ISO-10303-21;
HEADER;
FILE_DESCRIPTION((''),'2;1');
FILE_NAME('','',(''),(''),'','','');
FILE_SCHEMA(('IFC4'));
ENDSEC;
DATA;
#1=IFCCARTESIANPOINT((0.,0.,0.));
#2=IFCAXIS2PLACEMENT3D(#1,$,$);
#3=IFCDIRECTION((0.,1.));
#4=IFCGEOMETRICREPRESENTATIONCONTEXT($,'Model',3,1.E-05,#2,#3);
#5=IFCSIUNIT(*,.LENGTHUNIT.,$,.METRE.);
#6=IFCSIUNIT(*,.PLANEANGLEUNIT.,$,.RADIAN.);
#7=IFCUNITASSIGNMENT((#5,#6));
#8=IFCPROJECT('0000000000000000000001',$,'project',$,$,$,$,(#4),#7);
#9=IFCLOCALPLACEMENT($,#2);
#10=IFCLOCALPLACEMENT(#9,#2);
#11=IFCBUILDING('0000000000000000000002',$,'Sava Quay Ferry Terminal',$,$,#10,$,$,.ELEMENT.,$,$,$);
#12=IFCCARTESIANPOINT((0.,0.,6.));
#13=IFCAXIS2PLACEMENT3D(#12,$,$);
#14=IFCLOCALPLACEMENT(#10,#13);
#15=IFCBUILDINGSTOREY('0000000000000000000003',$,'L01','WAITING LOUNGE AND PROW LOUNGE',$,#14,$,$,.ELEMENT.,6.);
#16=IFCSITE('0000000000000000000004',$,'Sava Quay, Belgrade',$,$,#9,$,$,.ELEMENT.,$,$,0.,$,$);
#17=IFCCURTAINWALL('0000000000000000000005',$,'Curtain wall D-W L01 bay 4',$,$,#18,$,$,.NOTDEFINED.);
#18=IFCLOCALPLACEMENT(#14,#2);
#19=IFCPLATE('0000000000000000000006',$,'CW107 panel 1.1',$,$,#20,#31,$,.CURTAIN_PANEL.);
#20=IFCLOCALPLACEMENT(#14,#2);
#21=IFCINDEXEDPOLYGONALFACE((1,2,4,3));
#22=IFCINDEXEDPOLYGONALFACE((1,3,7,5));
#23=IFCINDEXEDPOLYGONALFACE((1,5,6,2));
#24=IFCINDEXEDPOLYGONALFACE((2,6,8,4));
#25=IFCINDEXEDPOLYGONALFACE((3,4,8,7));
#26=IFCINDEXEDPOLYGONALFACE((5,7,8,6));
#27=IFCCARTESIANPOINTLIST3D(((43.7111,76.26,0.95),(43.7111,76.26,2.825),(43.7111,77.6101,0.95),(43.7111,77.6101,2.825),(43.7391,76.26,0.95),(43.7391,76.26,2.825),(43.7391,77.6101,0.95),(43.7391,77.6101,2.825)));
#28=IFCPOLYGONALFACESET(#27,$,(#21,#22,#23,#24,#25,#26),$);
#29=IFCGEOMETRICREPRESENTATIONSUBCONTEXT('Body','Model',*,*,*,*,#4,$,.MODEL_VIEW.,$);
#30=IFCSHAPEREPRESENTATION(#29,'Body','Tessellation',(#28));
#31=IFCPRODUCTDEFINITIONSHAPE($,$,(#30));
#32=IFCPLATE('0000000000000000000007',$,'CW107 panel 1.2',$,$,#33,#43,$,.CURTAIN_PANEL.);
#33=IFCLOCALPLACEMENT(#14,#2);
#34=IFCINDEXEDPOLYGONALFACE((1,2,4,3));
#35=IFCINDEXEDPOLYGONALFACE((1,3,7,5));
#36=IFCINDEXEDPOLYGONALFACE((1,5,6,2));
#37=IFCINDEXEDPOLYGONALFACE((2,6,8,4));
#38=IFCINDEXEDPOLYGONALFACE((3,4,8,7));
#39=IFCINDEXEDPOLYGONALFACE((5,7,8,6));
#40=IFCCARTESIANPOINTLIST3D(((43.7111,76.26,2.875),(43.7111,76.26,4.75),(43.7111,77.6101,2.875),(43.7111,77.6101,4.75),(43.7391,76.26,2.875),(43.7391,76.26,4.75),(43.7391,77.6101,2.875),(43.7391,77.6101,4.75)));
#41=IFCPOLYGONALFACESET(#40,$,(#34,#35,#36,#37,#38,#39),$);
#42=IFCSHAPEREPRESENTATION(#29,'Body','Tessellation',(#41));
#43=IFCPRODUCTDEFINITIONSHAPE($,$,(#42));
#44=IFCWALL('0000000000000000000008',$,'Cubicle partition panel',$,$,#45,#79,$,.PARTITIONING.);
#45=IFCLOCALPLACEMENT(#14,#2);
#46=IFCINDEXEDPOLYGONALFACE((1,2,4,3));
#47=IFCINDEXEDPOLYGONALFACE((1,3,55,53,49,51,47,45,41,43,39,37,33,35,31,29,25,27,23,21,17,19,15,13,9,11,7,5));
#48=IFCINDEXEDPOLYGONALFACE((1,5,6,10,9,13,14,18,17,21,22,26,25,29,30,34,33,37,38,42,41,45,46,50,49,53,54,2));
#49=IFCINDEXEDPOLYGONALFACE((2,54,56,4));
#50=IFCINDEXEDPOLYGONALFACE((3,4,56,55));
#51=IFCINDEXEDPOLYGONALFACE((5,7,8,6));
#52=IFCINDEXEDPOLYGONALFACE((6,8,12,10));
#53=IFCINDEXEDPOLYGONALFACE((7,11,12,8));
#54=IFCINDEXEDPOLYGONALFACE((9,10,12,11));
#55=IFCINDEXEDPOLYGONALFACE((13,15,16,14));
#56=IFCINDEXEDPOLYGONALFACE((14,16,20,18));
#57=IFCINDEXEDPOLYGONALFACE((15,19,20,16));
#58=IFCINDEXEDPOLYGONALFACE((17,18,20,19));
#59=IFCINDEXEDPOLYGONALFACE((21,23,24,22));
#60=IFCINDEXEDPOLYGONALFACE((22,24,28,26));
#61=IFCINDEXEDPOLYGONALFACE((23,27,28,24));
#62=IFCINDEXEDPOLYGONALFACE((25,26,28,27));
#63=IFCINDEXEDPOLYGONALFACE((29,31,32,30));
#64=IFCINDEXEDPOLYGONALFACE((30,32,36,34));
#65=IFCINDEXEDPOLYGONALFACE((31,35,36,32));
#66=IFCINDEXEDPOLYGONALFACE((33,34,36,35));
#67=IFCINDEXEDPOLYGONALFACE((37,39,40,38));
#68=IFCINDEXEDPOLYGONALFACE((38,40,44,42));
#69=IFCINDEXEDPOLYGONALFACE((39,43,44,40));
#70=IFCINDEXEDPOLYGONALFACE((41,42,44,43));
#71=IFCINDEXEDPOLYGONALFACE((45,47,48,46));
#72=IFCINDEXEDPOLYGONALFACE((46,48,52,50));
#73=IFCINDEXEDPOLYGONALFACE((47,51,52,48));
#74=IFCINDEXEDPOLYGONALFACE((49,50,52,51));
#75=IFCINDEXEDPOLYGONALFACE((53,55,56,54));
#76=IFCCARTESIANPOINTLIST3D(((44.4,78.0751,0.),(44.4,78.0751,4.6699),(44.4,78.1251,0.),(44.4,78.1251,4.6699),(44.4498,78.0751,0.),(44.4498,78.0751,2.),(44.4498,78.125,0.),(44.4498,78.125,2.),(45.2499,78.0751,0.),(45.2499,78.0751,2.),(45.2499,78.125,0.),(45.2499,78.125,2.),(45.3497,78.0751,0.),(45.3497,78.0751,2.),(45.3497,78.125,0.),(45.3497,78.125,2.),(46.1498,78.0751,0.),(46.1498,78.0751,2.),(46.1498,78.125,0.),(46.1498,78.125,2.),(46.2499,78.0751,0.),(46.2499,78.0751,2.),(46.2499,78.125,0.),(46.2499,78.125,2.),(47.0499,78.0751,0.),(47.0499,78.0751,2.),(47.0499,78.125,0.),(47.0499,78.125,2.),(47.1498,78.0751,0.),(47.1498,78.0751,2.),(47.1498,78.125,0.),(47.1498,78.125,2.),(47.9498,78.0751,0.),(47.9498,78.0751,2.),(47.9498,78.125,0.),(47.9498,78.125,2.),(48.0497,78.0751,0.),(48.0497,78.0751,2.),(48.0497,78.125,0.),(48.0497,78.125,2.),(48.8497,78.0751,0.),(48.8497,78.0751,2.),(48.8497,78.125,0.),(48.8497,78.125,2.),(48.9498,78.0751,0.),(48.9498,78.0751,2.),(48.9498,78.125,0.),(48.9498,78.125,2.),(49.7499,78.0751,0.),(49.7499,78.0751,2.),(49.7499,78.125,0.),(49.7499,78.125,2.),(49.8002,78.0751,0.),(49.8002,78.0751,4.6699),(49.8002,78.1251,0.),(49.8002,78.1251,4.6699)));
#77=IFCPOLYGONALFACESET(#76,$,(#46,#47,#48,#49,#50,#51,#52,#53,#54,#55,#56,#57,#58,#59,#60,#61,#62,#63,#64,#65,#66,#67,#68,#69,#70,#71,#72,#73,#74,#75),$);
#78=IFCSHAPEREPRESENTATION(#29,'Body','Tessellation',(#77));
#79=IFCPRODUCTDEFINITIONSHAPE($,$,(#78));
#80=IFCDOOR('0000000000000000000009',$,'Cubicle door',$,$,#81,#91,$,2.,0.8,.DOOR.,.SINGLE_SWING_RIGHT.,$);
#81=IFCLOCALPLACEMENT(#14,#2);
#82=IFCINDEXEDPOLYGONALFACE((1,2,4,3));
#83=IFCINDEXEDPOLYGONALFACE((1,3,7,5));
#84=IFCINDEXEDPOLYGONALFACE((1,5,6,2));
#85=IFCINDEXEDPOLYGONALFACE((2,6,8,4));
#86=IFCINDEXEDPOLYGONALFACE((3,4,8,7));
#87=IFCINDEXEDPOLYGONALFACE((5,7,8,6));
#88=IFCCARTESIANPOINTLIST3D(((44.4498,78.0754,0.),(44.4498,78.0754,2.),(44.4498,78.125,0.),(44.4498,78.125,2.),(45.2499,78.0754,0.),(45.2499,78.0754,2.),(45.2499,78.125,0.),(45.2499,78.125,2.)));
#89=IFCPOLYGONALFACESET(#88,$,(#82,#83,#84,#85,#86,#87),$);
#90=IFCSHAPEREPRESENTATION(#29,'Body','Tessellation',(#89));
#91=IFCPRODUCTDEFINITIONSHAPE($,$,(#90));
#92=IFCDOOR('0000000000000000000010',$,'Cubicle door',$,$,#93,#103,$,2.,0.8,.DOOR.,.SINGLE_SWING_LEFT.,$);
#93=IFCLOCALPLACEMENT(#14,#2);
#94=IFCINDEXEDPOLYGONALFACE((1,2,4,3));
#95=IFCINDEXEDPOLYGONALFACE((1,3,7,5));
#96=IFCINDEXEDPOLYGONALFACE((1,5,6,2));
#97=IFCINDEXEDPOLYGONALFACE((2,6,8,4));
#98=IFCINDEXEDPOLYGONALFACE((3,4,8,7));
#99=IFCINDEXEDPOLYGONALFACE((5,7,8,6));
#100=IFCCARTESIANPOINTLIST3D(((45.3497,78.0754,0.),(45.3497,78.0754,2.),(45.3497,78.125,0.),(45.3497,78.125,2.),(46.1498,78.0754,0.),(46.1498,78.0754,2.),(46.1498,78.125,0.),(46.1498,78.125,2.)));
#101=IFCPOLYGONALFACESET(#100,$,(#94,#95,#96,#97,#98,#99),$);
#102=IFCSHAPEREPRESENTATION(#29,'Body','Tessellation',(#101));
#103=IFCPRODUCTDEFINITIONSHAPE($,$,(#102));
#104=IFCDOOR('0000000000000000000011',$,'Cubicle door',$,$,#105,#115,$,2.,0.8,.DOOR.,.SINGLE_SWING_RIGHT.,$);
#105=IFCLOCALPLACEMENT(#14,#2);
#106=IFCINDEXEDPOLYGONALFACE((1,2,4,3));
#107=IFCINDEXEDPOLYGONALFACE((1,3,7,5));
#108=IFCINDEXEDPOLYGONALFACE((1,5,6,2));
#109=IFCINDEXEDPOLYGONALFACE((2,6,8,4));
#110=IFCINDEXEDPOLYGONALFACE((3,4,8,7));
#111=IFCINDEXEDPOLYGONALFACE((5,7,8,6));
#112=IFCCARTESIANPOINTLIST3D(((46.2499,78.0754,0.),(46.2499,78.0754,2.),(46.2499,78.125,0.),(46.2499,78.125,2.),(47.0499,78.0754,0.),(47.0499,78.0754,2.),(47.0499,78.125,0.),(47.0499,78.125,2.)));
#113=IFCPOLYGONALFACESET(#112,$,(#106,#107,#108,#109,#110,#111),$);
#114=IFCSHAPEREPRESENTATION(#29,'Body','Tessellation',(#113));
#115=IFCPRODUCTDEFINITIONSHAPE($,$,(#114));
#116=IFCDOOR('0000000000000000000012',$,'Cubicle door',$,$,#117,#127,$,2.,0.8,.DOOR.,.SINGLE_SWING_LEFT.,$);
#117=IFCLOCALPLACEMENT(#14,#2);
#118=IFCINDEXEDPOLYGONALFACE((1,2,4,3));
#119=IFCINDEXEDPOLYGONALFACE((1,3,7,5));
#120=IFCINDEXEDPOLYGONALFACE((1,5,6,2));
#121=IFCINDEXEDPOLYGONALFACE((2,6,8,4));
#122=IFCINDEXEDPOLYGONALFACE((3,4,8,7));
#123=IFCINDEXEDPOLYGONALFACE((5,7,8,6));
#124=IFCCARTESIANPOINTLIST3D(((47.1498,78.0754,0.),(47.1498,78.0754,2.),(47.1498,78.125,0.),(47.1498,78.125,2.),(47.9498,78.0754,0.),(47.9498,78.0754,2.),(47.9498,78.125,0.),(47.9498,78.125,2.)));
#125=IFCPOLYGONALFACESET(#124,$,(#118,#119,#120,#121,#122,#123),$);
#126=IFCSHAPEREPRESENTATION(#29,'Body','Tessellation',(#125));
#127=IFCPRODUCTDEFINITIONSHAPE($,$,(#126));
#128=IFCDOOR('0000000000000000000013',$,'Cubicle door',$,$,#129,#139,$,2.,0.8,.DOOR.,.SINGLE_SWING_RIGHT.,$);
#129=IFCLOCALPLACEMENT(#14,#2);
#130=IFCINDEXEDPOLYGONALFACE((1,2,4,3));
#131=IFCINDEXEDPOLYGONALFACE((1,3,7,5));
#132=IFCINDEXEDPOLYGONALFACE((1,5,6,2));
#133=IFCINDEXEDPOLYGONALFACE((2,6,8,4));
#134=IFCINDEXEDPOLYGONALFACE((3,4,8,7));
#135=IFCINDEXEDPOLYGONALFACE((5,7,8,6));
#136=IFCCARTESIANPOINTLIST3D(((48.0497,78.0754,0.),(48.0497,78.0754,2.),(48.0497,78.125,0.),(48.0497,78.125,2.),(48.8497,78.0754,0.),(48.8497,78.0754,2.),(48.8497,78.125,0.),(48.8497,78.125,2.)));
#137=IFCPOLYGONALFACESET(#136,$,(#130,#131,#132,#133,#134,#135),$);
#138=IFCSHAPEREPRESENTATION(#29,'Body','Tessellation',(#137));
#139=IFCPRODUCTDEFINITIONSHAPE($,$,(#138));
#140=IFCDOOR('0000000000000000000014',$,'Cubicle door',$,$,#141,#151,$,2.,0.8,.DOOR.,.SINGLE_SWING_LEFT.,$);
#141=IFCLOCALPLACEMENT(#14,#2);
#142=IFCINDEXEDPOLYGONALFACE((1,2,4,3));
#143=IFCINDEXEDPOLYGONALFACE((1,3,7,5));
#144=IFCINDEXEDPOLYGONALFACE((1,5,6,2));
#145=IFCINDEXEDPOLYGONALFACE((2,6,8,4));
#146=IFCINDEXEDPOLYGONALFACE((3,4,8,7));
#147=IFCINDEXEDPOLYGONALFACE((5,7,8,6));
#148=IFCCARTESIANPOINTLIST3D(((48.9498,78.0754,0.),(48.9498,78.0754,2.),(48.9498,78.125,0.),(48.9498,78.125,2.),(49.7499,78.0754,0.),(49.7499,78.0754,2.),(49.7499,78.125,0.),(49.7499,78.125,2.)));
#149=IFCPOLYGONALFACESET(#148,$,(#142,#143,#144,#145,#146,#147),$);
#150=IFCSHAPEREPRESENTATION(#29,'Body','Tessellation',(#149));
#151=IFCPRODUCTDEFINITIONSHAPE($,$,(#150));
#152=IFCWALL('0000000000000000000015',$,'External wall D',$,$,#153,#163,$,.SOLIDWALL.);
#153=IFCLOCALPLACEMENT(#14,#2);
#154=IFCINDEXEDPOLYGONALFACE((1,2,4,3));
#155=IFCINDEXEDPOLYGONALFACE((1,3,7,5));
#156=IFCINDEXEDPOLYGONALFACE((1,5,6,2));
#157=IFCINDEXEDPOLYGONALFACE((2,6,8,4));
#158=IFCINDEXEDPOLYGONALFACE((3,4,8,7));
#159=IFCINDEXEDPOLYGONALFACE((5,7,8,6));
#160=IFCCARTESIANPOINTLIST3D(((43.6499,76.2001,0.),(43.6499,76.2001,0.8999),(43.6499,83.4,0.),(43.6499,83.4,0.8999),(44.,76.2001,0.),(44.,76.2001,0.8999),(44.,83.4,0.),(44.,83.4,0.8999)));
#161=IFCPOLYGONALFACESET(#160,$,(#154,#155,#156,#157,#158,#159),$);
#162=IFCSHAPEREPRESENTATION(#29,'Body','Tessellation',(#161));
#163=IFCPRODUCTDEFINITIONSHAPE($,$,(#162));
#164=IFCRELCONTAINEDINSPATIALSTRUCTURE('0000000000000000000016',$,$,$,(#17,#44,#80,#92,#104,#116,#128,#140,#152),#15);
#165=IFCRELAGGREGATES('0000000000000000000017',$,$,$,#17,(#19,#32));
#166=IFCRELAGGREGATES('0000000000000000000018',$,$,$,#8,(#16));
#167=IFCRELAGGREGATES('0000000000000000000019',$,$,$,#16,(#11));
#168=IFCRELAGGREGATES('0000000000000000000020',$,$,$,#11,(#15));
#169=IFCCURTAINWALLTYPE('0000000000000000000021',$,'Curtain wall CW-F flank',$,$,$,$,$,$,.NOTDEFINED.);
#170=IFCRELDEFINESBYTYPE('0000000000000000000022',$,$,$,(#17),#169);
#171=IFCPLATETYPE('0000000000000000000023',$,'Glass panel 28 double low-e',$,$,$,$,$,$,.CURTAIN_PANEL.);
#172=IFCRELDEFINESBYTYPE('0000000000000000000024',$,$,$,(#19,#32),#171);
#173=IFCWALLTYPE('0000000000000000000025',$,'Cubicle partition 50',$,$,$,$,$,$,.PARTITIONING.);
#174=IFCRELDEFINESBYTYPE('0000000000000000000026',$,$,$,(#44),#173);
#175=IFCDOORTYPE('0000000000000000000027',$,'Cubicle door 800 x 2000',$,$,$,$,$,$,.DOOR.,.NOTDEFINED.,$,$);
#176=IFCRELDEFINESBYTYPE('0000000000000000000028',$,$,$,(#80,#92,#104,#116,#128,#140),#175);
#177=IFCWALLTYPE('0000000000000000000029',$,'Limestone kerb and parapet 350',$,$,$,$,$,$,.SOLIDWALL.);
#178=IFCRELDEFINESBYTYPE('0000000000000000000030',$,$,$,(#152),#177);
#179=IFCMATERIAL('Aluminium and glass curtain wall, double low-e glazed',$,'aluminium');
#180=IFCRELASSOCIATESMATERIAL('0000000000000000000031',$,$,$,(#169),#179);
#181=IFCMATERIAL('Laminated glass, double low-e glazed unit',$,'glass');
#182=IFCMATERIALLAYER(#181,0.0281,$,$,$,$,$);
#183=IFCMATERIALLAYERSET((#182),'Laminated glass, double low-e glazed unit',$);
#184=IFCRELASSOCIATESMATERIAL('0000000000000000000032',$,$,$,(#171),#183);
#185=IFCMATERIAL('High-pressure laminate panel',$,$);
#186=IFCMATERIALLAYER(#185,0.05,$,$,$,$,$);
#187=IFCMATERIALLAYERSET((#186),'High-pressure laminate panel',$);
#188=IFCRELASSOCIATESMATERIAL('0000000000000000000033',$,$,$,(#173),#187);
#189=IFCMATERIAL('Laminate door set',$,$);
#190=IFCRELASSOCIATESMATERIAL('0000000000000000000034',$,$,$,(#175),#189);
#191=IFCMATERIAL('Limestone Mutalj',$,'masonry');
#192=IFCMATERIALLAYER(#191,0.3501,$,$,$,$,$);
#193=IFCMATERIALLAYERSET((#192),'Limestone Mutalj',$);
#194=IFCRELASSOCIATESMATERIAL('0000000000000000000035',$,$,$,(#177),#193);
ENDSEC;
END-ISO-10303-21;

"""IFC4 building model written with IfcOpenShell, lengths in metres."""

from ifc_helpers import new_model, si_unit, direction, frame, frame_2d, origin, origin_2d, place, context, subcontext, project, spatial, rectangle, extrude, material, layer, layer_set, type_object, element, fill, aggregate, save


model = new_model("IFC4")

# Units and contexts
model_context = context("Model", 3, precision=1e-05, world=origin(), true_north=direction((0.0, 1.0)))
body_context = subcontext(model_context, "Body", "Model", "MODEL_VIEW")
ifc_project = project(units=[si_unit("LENGTHUNIT", "METRE"), si_unit("PLANEANGLEUNIT", "RADIAN")], contexts=[model_context])

# Site, building, storey
site_placement = place(None, origin())
site = spatial("IfcSite", under=ifc_project, at=site_placement, Name="Sava Quay, Belgrade", CompositionType="ELEMENT", RefElevation=0.0)
building_placement = place(site_placement, origin())
building = spatial("IfcBuilding", under=site, at=building_placement, Name="Sava Quay Ferry Terminal", CompositionType="ELEMENT")
storey_placement = place(building_placement, frame((0.0, 0.0, 6.0)))
storey = spatial("IfcBuildingStorey", under=building, at=storey_placement, Name="L01", Description="WAITING LOUNGE AND PROW LOUNGE", CompositionType="ELEMENT", Elevation=6.0)

# Shared definitions
ifc_material_1 = material(Name="Aluminium and glass curtain wall, double low-e glazed", Category="aluminium")
curtain_wall_type = type_object("IfcCurtainWallType", Name="Curtain wall CW-F flank", PredefinedType="NOTDEFINED", material=ifc_material_1)

# Curtain wall, plates
curtain_wall_1_placement = place(storey_placement, origin())
curtain_wall_1 = element("IfcCurtainWall", 1, at=curtain_wall_1_placement, inside=storey, type_object=curtain_wall_type, Name="Curtain wall D-W L01 bay 4", PredefinedType="NOTDEFINED")
ifc_material_2 = material(Name="Laminated glass, double low-e glazed unit", Category="glass")
ifc_layer_1 = layer(ifc_material_2, 0.0281)
ifc_layer_set_1 = layer_set([ifc_layer_1], Name="Laminated glass, double low-e glazed unit")
plate_type = type_object("IfcPlateType", Name="Glass panel 28 double low-e", PredefinedType="CURTAIN_PANEL", material=ifc_layer_set_1)
plate_1_placement = place(storey_placement, frame((43.7251, 76.9351, 0.95), z_axis=(0.0, 0.0, 1.0), x_axis=(0.0, 1.0, 0.0)))
plate_1 = element("IfcPlate", 2, at=plate_1_placement, type_object=plate_type, Name="CW107 panel 1.1", PredefinedType="CURTAIN_PANEL", context=body_context, shape_type="SweptSolid", body=[
    extrude(rectangle(XDim=1.3501, YDim=0.0281, at=origin_2d()), origin(), (0.0, 0.0, 1.0), 1.875),
])
plate_2_placement = place(storey_placement, frame((43.7251, 76.9351, 2.875), z_axis=(0.0, 0.0, 1.0), x_axis=(0.0, 1.0, 0.0)))
plate_2 = element("IfcPlate", 3, at=plate_2_placement, type_object=plate_type, Name="CW107 panel 1.2", PredefinedType="CURTAIN_PANEL", context=body_context, shape_type="SweptSolid", body=[
    extrude(rectangle(XDim=1.3501, YDim=0.0281, at=origin_2d()), origin(), (0.0, 0.0, 1.0), 1.875),
])
aggregate(curtain_wall_1, [plate_1, plate_2])

# Wall, openings, doors
ifc_material_3 = material(Name="High-pressure laminate panel")
ifc_layer_2 = layer(ifc_material_3, 0.05)
ifc_layer_set_2 = layer_set([ifc_layer_2], Name="High-pressure laminate panel")
wall_type_1 = type_object("IfcWallType", Name="Cubicle partition 50", PredefinedType="PARTITIONING", material=ifc_layer_set_2)
wall_1_placement = place(storey_placement, frame((44.3999, 78.1001, 0.0), z_axis=(0.0, 0.0, 1.0), x_axis=(1.0, 0.0, 0.0)))
wall_1 = element("IfcWall", 4, at=wall_1_placement, inside=storey, type_object=wall_type_1, Name="Cubicle partition panel", PredefinedType="PARTITIONING", context=body_context, shape_type="SweptSolid", body=[
    extrude(rectangle(XDim=5.4001, YDim=0.05, at=frame_2d((2.7002, 0.0))), origin(), (0.0, 0.0, 1.0), 4.6699),
])
opening_1_placement = place(wall_1_placement, frame((0.05, 0.0, 0.0)))
opening_1 = element("IfcOpeningElement", 5, at=opening_1_placement, cuts=wall_1, PredefinedType="OPENING", context=body_context, shape_type="SweptSolid", body=[
    extrude(rectangle(XDim=0.8, YDim=2.0, at=frame_2d((0.3999, 1.0))), frame((0.0, 0.0249, 0.0), z_axis=(0.0, -1.0, 0.0), x_axis=(1.0, 0.0, 0.0)), (0.0, 0.0, 1.0), 0.05),
])
opening_2_placement = place(wall_1_placement, frame((0.95, 0.0, 0.0)))
opening_2 = element("IfcOpeningElement", 6, at=opening_2_placement, cuts=wall_1, PredefinedType="OPENING", context=body_context, shape_type="SweptSolid", body=[
    extrude(rectangle(XDim=0.8, YDim=2.0, at=frame_2d((0.3999, 1.0))), frame((0.0, 0.0249, 0.0), z_axis=(0.0, -1.0, 0.0), x_axis=(1.0, 0.0, 0.0)), (0.0, 0.0, 1.0), 0.05),
])
opening_3_placement = place(wall_1_placement, frame((1.8501, 0.0, 0.0)))
opening_3 = element("IfcOpeningElement", 7, at=opening_3_placement, cuts=wall_1, PredefinedType="OPENING", context=body_context, shape_type="SweptSolid", body=[
    extrude(rectangle(XDim=0.8, YDim=2.0, at=frame_2d((0.3999, 1.0))), frame((0.0, 0.0249, 0.0), z_axis=(0.0, -1.0, 0.0), x_axis=(1.0, 0.0, 0.0)), (0.0, 0.0, 1.0), 0.05),
])
opening_4_placement = place(wall_1_placement, frame((2.75, 0.0, 0.0)))
opening_4 = element("IfcOpeningElement", 8, at=opening_4_placement, cuts=wall_1, PredefinedType="OPENING", context=body_context, shape_type="SweptSolid", body=[
    extrude(rectangle(XDim=0.8, YDim=2.0, at=frame_2d((0.3999, 1.0))), frame((0.0, 0.0249, 0.0), z_axis=(0.0, -1.0, 0.0), x_axis=(1.0, 0.0, 0.0)), (0.0, 0.0, 1.0), 0.05),
])
opening_5_placement = place(wall_1_placement, frame((3.6499, 0.0, 0.0)))
opening_5 = element("IfcOpeningElement", 9, at=opening_5_placement, cuts=wall_1, PredefinedType="OPENING", context=body_context, shape_type="SweptSolid", body=[
    extrude(rectangle(XDim=0.8, YDim=2.0, at=frame_2d((0.3999, 1.0))), frame((0.0, 0.0249, 0.0), z_axis=(0.0, -1.0, 0.0), x_axis=(1.0, 0.0, 0.0)), (0.0, 0.0, 1.0), 0.05),
])
opening_6_placement = place(wall_1_placement, frame((4.55, 0.0, 0.0)))
opening_6 = element("IfcOpeningElement", 10, at=opening_6_placement, cuts=wall_1, PredefinedType="OPENING", context=body_context, shape_type="SweptSolid", body=[
    extrude(rectangle(XDim=0.8, YDim=2.0, at=frame_2d((0.3999, 1.0))), frame((0.0, 0.0249, 0.0), z_axis=(0.0, -1.0, 0.0), x_axis=(1.0, 0.0, 0.0)), (0.0, 0.0, 1.0), 0.05),
])
ifc_material_4 = material(Name="Laminate door set")
door_type_1 = type_object("IfcDoorType", Name="Cubicle door 800 x 2000", OperationType="NOTDEFINED", PredefinedType="DOOR", material=ifc_material_4)
door_1_placement = place(opening_1_placement, origin())
door_1 = element("IfcDoor", 11, at=door_1_placement, inside=storey, type_object=door_type_1, Name="Cubicle door", OperationType="SINGLE_SWING_RIGHT", OverallHeight=2.0, OverallWidth=0.8, PredefinedType="DOOR", context=body_context, shape_type="SweptSolid", body=[
    extrude(rectangle(XDim=0.8, YDim=2.0, at=frame_2d((0.3999, 1.0))), frame((0.0, 0.0249, 0.0), z_axis=(0.0, -1.0, 0.0), x_axis=(1.0, 0.0, 0.0)), (0.0, 0.0, 1.0), 0.0496),
])
fill(opening_1, door_1)
door_2_placement = place(opening_2_placement, origin())
door_2 = element("IfcDoor", 12, at=door_2_placement, inside=storey, type_object=door_type_1, Name="Cubicle door", OperationType="SINGLE_SWING_LEFT", OverallHeight=2.0, OverallWidth=0.8, PredefinedType="DOOR", context=body_context, shape_type="SweptSolid", body=[
    extrude(rectangle(XDim=0.8, YDim=2.0, at=frame_2d((0.3999, 1.0))), frame((0.0, 0.0249, 0.0), z_axis=(0.0, -1.0, 0.0), x_axis=(1.0, 0.0, 0.0)), (0.0, 0.0, 1.0), 0.0496),
])
fill(opening_2, door_2)
door_3_placement = place(opening_3_placement, origin())
door_3 = element("IfcDoor", 13, at=door_3_placement, inside=storey, type_object=door_type_1, Name="Cubicle door", OperationType="SINGLE_SWING_RIGHT", OverallHeight=2.0, OverallWidth=0.8, PredefinedType="DOOR", context=body_context, shape_type="SweptSolid", body=[
    extrude(rectangle(XDim=0.8, YDim=2.0, at=frame_2d((0.3999, 1.0))), frame((0.0, 0.0249, 0.0), z_axis=(0.0, -1.0, 0.0), x_axis=(1.0, 0.0, 0.0)), (0.0, 0.0, 1.0), 0.0496),
])
fill(opening_3, door_3)
door_4_placement = place(opening_4_placement, origin())
door_4 = element("IfcDoor", 14, at=door_4_placement, inside=storey, type_object=door_type_1, Name="Cubicle door", OperationType="SINGLE_SWING_LEFT", OverallHeight=2.0, OverallWidth=0.8, PredefinedType="DOOR", context=body_context, shape_type="SweptSolid", body=[
    extrude(rectangle(XDim=0.8, YDim=2.0, at=frame_2d((0.3999, 1.0))), frame((0.0, 0.0249, 0.0), z_axis=(0.0, -1.0, 0.0), x_axis=(1.0, 0.0, 0.0)), (0.0, 0.0, 1.0), 0.0496),
])
fill(opening_4, door_4)
door_5_placement = place(opening_5_placement, origin())
door_5 = element("IfcDoor", 15, at=door_5_placement, inside=storey, type_object=door_type_1, Name="Cubicle door", OperationType="SINGLE_SWING_RIGHT", OverallHeight=2.0, OverallWidth=0.8, PredefinedType="DOOR", context=body_context, shape_type="SweptSolid", body=[
    extrude(rectangle(XDim=0.8, YDim=2.0, at=frame_2d((0.3999, 1.0))), frame((0.0, 0.0249, 0.0), z_axis=(0.0, -1.0, 0.0), x_axis=(1.0, 0.0, 0.0)), (0.0, 0.0, 1.0), 0.0496),
])
fill(opening_5, door_5)
door_6_placement = place(opening_6_placement, origin())
door_6 = element("IfcDoor", 16, at=door_6_placement, inside=storey, type_object=door_type_1, Name="Cubicle door", OperationType="SINGLE_SWING_LEFT", OverallHeight=2.0, OverallWidth=0.8, PredefinedType="DOOR", context=body_context, shape_type="SweptSolid", body=[
    extrude(rectangle(XDim=0.8, YDim=2.0, at=frame_2d((0.3999, 1.0))), frame((0.0, 0.0249, 0.0), z_axis=(0.0, -1.0, 0.0), x_axis=(1.0, 0.0, 0.0)), (0.0, 0.0, 1.0), 0.0496),
])
fill(opening_6, door_6)

# Wall
ifc_material_5 = material(Name="Limestone Mutalj", Category="masonry")
ifc_layer_3 = layer(ifc_material_5, 0.3501)
ifc_layer_set_3 = layer_set([ifc_layer_3], Name="Limestone Mutalj")
wall_type_2 = type_object("IfcWallType", Name="Limestone kerb and parapet 350", PredefinedType="SOLIDWALL", material=ifc_layer_set_3)
wall_2_placement = place(storey_placement, frame((43.825, 76.2, 0.0), z_axis=(0.0, 0.0, 1.0), x_axis=(0.0, 1.0, 0.0)))
element("IfcWall", 17, at=wall_2_placement, inside=storey, type_object=wall_type_2, Name="External wall D", PredefinedType="SOLIDWALL", context=body_context, shape_type="SweptSolid", body=[
    extrude(rectangle(XDim=7.2, YDim=0.3501, at=frame_2d((3.6001, 0.0))), origin(), (0.0, 0.0, 1.0), 0.8999),
])

save(model, "model.ifc")
